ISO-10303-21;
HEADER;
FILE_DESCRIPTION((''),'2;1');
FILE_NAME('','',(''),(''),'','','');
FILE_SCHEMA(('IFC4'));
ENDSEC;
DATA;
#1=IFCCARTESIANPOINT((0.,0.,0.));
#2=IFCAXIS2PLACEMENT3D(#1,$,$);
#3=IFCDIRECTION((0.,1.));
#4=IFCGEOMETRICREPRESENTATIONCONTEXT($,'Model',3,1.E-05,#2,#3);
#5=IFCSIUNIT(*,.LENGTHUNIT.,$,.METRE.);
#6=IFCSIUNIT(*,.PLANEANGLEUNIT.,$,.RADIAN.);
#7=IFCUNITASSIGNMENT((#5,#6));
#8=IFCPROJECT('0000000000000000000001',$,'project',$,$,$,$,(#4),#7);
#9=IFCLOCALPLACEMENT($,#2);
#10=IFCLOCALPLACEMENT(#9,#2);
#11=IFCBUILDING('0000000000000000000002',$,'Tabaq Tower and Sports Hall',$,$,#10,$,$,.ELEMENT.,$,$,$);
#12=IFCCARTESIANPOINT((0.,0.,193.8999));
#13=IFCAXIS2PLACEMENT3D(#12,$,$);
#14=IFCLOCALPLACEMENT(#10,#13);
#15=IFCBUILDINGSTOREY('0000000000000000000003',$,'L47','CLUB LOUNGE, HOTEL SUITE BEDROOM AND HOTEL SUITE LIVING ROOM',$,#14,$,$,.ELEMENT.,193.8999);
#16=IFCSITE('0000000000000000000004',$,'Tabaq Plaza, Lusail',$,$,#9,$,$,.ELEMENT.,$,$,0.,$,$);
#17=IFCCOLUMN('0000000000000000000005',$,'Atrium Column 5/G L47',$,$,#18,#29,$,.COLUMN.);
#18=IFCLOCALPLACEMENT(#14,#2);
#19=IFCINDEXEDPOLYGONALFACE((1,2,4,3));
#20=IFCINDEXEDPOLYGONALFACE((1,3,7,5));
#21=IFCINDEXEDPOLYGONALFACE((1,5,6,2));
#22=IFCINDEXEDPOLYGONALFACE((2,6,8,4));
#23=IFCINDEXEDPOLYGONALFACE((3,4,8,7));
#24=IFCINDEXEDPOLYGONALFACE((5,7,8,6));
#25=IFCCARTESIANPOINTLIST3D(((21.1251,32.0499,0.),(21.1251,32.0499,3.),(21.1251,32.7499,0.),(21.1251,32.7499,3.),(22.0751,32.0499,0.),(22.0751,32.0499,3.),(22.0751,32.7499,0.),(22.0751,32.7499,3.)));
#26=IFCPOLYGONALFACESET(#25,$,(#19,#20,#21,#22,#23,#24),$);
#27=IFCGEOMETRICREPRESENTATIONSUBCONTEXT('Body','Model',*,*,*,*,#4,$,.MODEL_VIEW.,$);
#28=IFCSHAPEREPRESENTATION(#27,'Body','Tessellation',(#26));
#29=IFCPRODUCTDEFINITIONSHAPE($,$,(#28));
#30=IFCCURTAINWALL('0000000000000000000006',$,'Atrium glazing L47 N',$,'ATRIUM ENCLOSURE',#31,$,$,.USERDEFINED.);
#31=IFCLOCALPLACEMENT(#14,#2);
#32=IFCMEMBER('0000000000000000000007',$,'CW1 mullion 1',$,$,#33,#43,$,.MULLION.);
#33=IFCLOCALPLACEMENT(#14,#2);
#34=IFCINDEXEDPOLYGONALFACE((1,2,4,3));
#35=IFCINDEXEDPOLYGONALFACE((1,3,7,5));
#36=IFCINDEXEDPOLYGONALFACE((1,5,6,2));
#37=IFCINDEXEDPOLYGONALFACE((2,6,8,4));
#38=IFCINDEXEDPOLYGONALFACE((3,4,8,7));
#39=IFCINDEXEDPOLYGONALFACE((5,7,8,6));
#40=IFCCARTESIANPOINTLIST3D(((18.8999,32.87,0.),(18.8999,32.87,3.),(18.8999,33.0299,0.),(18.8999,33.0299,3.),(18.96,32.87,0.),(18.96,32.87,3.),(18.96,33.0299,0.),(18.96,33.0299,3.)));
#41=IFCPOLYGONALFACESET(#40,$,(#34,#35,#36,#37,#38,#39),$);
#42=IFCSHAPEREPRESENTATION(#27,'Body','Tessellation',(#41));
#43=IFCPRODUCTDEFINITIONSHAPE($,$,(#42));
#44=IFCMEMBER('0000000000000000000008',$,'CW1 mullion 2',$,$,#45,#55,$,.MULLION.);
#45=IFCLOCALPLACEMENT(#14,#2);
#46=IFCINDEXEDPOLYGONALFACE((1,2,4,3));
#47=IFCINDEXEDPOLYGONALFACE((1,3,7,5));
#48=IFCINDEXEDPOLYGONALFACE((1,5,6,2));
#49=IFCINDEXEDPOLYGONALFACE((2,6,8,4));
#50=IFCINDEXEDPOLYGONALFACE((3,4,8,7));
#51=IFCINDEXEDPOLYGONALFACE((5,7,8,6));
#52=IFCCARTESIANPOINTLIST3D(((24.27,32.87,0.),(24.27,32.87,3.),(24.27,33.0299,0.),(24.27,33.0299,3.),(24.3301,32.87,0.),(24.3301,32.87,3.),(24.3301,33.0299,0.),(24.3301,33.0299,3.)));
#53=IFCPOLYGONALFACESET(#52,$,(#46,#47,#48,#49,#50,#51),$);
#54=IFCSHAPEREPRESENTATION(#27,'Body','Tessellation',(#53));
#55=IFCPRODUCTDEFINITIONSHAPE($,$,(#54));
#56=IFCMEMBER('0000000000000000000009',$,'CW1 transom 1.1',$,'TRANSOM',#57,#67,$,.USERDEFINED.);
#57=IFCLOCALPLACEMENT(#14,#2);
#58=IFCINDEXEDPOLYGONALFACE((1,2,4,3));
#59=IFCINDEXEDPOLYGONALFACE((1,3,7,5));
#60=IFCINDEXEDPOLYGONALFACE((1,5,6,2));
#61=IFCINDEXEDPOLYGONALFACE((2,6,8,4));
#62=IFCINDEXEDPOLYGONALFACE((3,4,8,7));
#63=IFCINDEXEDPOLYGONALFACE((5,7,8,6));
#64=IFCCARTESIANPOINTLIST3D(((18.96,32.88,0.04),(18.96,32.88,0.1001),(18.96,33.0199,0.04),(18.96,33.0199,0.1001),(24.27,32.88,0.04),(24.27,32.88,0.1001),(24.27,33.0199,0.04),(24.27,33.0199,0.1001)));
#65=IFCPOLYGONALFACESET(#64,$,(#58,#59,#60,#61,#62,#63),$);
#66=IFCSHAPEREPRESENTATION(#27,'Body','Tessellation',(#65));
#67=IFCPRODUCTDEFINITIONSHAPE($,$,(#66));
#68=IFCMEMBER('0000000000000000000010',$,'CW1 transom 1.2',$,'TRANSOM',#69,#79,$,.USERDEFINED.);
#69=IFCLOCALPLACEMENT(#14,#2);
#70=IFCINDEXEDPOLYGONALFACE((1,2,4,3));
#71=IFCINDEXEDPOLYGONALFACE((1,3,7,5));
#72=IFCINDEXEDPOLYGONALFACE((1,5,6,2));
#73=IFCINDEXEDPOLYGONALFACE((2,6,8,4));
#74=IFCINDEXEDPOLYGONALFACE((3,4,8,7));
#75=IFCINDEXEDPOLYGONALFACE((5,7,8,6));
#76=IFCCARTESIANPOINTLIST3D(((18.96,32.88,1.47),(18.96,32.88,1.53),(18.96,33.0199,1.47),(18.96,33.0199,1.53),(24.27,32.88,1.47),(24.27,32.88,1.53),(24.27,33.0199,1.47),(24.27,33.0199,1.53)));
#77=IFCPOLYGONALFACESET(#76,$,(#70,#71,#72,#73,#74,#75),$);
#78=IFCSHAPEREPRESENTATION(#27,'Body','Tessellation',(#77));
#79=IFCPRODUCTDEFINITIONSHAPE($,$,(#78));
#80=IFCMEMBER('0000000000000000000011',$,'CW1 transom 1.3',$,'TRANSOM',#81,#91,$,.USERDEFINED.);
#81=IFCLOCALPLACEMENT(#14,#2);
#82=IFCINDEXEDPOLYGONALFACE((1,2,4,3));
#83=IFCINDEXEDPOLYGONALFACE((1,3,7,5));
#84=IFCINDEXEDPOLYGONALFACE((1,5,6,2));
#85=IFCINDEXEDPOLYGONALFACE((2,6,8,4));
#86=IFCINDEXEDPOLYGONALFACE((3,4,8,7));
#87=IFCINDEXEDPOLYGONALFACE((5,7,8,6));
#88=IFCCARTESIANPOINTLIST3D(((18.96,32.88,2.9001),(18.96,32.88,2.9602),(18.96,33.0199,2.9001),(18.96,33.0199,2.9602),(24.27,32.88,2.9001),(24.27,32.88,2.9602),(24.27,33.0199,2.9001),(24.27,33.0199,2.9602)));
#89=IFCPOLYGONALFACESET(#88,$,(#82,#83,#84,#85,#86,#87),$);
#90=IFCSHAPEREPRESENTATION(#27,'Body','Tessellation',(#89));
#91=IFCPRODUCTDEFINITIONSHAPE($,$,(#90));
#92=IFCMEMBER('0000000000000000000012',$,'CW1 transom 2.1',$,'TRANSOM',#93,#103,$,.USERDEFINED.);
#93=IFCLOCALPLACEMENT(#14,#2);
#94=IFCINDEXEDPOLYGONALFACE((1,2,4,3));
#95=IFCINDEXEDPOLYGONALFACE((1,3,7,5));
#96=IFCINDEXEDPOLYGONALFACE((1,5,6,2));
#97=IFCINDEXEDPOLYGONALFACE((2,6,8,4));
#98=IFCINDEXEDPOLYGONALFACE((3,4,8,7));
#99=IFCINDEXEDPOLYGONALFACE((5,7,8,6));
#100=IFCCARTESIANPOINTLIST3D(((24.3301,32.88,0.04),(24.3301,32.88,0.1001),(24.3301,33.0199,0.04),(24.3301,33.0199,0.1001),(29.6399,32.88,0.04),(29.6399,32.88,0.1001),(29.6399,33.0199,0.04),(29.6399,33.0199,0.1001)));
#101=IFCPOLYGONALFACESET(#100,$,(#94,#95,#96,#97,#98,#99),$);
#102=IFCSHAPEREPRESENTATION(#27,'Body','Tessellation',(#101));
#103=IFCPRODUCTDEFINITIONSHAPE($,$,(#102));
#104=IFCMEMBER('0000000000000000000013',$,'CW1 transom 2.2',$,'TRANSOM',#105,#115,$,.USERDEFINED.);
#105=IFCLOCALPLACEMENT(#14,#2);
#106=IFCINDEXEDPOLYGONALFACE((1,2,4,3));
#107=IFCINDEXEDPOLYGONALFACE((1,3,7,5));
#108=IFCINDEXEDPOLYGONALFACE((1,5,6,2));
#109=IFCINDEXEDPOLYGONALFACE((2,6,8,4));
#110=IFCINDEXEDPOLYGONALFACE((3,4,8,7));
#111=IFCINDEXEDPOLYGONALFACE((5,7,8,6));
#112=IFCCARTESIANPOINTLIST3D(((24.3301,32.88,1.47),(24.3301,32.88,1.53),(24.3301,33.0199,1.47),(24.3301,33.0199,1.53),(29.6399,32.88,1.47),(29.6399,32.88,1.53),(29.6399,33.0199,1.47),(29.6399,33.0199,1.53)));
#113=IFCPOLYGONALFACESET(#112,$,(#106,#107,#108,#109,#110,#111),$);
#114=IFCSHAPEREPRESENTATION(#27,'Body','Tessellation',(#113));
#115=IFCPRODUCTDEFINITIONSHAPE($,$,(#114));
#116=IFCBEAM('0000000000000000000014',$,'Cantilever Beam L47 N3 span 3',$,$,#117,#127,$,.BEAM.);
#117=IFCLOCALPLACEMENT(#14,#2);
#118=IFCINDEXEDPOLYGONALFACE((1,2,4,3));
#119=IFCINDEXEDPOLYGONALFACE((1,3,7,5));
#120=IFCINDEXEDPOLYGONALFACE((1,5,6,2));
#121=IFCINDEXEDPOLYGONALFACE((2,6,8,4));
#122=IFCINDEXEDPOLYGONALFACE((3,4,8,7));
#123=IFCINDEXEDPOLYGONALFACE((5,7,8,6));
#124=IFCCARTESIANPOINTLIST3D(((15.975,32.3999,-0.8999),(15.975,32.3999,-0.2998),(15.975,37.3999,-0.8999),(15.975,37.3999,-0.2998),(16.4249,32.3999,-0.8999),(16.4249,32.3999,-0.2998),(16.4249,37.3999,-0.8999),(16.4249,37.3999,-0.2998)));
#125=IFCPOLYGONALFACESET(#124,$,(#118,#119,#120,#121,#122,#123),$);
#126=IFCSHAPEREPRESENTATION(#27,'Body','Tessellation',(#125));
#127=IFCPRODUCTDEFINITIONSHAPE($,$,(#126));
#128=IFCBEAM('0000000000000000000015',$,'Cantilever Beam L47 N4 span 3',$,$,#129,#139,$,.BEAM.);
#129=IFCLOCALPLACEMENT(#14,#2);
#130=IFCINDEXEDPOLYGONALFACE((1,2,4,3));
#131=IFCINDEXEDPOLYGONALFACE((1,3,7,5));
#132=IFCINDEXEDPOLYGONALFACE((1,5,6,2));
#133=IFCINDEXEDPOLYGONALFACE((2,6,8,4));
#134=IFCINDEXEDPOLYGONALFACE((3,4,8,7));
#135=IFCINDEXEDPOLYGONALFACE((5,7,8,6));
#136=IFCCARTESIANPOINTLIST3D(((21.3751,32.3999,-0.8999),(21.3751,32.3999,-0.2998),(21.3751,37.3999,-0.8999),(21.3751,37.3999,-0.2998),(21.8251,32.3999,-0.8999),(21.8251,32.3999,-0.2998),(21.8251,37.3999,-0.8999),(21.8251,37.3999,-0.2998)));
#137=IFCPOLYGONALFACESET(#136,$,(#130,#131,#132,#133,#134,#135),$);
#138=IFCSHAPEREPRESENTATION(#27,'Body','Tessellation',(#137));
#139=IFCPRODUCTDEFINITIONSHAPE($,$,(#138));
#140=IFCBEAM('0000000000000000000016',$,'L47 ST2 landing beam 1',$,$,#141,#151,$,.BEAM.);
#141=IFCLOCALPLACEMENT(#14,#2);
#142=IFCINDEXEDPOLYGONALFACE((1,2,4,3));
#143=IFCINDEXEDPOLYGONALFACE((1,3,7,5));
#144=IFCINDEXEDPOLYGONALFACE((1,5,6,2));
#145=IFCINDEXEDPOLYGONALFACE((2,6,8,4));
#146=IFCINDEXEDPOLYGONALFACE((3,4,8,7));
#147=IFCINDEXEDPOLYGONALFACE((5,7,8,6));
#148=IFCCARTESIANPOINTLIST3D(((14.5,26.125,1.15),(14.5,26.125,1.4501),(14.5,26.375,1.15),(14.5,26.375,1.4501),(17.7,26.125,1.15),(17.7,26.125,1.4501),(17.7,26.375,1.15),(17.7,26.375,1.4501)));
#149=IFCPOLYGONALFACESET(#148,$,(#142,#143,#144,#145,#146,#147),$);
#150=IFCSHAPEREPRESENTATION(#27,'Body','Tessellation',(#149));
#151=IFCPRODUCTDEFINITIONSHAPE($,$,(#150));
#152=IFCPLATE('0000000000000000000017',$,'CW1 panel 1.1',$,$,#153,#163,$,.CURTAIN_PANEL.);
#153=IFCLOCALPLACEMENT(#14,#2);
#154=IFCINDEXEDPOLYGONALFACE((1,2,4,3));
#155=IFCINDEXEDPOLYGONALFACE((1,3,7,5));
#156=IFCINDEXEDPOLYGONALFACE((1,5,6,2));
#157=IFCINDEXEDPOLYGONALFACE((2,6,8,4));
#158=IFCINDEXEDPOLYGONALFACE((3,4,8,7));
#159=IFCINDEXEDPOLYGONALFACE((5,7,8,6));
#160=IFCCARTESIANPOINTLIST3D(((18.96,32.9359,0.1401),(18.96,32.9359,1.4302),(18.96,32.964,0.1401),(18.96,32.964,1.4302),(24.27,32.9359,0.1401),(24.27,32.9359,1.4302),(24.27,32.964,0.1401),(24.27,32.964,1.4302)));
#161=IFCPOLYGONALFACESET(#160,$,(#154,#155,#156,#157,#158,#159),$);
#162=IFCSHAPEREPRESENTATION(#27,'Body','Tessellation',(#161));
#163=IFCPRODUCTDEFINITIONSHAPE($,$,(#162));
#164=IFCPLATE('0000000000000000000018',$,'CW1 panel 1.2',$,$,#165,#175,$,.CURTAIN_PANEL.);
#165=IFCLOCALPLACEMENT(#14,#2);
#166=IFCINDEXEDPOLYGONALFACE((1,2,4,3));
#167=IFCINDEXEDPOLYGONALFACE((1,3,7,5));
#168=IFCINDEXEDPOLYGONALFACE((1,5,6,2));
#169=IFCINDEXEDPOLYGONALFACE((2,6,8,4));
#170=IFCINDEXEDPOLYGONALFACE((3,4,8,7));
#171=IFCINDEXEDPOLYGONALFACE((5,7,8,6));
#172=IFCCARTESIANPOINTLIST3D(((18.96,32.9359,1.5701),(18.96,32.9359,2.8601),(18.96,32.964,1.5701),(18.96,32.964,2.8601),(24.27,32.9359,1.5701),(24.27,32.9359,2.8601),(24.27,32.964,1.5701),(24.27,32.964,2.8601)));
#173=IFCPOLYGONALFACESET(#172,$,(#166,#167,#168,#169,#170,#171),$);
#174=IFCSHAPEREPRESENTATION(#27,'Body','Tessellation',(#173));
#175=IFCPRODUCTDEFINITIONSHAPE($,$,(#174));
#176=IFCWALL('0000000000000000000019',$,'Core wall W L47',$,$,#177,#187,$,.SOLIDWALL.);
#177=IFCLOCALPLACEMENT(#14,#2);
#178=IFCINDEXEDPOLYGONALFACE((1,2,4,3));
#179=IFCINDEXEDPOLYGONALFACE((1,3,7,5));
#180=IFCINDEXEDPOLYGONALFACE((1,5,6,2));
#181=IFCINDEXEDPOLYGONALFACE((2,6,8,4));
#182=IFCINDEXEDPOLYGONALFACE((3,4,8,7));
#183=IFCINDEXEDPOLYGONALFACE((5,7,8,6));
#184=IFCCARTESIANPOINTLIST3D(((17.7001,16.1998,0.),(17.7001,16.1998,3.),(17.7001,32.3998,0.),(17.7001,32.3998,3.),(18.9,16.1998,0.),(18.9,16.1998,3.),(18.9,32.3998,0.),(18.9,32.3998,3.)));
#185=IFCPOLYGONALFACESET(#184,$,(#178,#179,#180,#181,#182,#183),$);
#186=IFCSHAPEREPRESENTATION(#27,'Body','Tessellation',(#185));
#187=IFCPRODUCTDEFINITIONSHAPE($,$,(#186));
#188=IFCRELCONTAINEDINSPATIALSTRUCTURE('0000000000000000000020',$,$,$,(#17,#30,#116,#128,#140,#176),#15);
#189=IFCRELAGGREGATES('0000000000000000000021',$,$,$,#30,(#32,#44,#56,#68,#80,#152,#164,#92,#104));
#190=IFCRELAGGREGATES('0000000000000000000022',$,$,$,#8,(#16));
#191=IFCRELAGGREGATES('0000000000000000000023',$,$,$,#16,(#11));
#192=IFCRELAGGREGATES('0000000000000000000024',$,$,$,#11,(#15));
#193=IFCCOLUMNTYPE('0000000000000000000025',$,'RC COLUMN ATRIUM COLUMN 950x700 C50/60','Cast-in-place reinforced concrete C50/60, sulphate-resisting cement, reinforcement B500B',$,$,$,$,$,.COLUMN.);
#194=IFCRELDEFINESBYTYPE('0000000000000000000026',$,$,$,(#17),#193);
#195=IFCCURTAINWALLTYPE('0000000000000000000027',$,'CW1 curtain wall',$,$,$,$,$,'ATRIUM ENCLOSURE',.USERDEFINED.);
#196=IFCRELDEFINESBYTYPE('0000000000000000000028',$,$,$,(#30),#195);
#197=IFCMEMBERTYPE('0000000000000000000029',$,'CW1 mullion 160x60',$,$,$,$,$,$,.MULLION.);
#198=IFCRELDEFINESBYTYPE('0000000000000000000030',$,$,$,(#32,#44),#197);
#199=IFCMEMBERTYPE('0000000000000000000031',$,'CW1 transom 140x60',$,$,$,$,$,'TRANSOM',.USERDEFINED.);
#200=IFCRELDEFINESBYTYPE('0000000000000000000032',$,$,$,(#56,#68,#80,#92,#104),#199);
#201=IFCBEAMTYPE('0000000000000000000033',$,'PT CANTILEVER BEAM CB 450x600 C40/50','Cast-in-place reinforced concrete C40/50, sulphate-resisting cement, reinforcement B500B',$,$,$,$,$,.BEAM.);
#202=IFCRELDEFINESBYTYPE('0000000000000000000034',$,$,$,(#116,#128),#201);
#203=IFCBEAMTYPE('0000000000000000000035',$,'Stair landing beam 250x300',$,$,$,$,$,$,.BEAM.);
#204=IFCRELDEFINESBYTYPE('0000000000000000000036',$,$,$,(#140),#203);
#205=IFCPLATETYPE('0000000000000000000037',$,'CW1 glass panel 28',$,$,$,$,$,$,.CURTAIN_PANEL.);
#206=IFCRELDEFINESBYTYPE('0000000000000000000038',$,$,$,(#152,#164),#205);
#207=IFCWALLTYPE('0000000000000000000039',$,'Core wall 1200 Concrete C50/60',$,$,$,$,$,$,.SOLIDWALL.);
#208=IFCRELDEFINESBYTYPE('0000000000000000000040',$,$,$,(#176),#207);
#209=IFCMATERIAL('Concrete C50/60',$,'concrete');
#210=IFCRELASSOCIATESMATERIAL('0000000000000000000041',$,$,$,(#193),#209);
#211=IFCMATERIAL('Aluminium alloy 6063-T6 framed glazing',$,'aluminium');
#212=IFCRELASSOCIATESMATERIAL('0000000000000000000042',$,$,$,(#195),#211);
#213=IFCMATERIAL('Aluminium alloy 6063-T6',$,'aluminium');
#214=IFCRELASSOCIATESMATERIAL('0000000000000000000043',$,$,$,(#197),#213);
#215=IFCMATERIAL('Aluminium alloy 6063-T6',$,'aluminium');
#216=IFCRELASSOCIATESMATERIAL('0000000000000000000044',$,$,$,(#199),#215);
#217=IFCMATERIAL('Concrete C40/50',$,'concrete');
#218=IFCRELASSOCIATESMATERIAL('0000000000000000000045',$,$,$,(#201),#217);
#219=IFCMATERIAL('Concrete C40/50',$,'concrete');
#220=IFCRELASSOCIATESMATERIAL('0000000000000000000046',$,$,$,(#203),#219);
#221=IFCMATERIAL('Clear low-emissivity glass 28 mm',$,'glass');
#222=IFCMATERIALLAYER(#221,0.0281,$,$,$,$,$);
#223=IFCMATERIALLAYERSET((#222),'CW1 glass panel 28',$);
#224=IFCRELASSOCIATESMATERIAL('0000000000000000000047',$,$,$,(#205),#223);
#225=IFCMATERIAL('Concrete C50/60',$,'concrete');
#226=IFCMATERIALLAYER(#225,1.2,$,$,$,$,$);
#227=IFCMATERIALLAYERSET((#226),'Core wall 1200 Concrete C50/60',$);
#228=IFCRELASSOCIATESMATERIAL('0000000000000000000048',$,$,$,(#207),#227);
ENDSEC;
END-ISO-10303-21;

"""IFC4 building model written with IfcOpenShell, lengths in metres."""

from ifc_helpers import new_model, si_unit, direction, frame, frame_2d, origin, origin_2d, place, context, subcontext, project, spatial, rectangle, extrude, material, layer, layer_set, material_profile, profile_set, type_object, element, aggregate, save


model = new_model("IFC4")

# Units and contexts
model_context = context("Model", 3, precision=1e-05, world=origin(), true_north=direction((0.0, 1.0)))
body_context = subcontext(model_context, "Body", "Model", "MODEL_VIEW")
ifc_project = project(units=[si_unit("LENGTHUNIT", "METRE"), si_unit("PLANEANGLEUNIT", "RADIAN")], contexts=[model_context])

# Site, building, storey
site_placement = place(None, origin())
site = spatial("IfcSite", under=ifc_project, at=site_placement, Name="Tabaq Plaza, Lusail", CompositionType="ELEMENT", RefElevation=0.0)
building_placement = place(site_placement, origin())
building = spatial("IfcBuilding", under=site, at=building_placement, Name="Tabaq Tower and Sports Hall", CompositionType="ELEMENT")
storey_placement = place(building_placement, frame((0.0, 0.0, 193.8999)))
storey = spatial("IfcBuildingStorey", under=building, at=storey_placement, Name="L47", Description="CLUB LOUNGE, HOTEL SUITE BEDROOM AND HOTEL SUITE LIVING ROOM", CompositionType="ELEMENT", Elevation=193.8999)

# Column
ifc_material_1 = material(Name="Concrete C50/60", Category="concrete")
ifc_material_profile_1 = material_profile(ifc_material_1, rectangle(XDim=0.95, YDim=0.7, at=origin_2d()), Name="ATRIUM COLUMN 950x700")
ifc_profile_set_1 = profile_set([ifc_material_profile_1], Name="Concrete C50/60")
column_type = type_object("IfcColumnType", Name="RC COLUMN ATRIUM COLUMN 950x700 C50/60", Description="Cast-in-place reinforced concrete C50/60, sulphate-resisting cement, reinforcement B500B", PredefinedType="COLUMN", material=ifc_profile_set_1)
column_placement = place(storey_placement, frame((21.6001, 32.3999, 0.0), z_axis=(0.0, 0.0, 1.0), x_axis=(1.0, 0.0, 0.0)))
element("IfcColumn", 1, at=column_placement, inside=storey, type_object=column_type, Name="Atrium Column 5/G L47", PredefinedType="COLUMN", context=body_context, shape_type="SweptSolid", body=[
    extrude(rectangle(XDim=0.95, YDim=0.7, at=origin_2d()), origin(), (0.0, 0.0, 1.0), 3.0),
])

# Curtain wall, members
ifc_material_2 = material(Name="Aluminium alloy 6063-T6 framed glazing", Category="aluminium")
curtain_wall_type = type_object("IfcCurtainWallType", Name="CW1 curtain wall", ElementType="ATRIUM ENCLOSURE", PredefinedType="USERDEFINED", material=ifc_material_2)
curtain_wall_placement = place(storey_placement, origin())
curtain_wall = element("IfcCurtainWall", 2, at=curtain_wall_placement, inside=storey, type_object=curtain_wall_type, Name="Atrium glazing L47 N", ObjectType="ATRIUM ENCLOSURE", PredefinedType="USERDEFINED")
ifc_material_3 = material(Name="Aluminium alloy 6063-T6", Category="aluminium")
ifc_material_profile_2 = material_profile(ifc_material_3, rectangle(XDim=0.1599, YDim=0.0601, at=origin_2d()), Name="MULLION 160x60")
ifc_profile_set_2 = profile_set([ifc_material_profile_2], Name="Aluminium alloy 6063-T6")
member_type_1 = type_object("IfcMemberType", Name="CW1 mullion 160x60", PredefinedType="MULLION", material=ifc_profile_set_2)
member_1_placement = place(storey_placement, frame((18.9299, 32.95, 0.0), z_axis=(0.0, 0.0, 1.0), x_axis=(0.0, 1.0, 0.0)))
member_1 = element("IfcMember", 3, at=member_1_placement, type_object=member_type_1, Name="CW1 mullion 1", PredefinedType="MULLION", context=body_context, shape_type="SweptSolid", body=[
    extrude(rectangle(XDim=0.1599, YDim=0.0601, at=origin_2d()), origin(), (0.0, 0.0, 1.0), 3.0),
])
member_2_placement = place(storey_placement, frame((24.3, 32.95, 0.0), z_axis=(0.0, 0.0, 1.0), x_axis=(0.0, 1.0, 0.0)))
member_2 = element("IfcMember", 4, at=member_2_placement, type_object=member_type_1, Name="CW1 mullion 2", PredefinedType="MULLION", context=body_context, shape_type="SweptSolid", body=[
    extrude(rectangle(XDim=0.1599, YDim=0.0601, at=origin_2d()), origin(), (0.0, 0.0, 1.0), 3.0),
])
ifc_material_4 = material(Name="Aluminium alloy 6063-T6", Category="aluminium")
ifc_material_profile_3 = material_profile(ifc_material_4, rectangle(XDim=0.1399, YDim=0.0601, at=origin_2d()), Name="TRANSOM 140x60")
ifc_profile_set_3 = profile_set([ifc_material_profile_3], Name="Aluminium alloy 6063-T6")
member_type_2 = type_object("IfcMemberType", Name="CW1 transom 140x60", ElementType="TRANSOM", PredefinedType="USERDEFINED", material=ifc_profile_set_3)
member_3_placement = place(storey_placement, frame((18.96, 32.95, 0.0701), z_axis=(1.0, 0.0, 0.0), x_axis=(0.0, 1.0, 0.0)))
member_3 = element("IfcMember", 5, at=member_3_placement, type_object=member_type_2, Name="CW1 transom 1.1", ObjectType="TRANSOM", PredefinedType="USERDEFINED", context=body_context, shape_type="SweptSolid", body=[
    extrude(rectangle(XDim=0.1399, YDim=0.0601, at=origin_2d()), origin(), (0.0, 0.0, 1.0), 5.3101),
])
member_4_placement = place(storey_placement, frame((18.96, 32.95, 1.5), z_axis=(1.0, 0.0, 0.0), x_axis=(0.0, 1.0, 0.0)))
member_4 = element("IfcMember", 6, at=member_4_placement, type_object=member_type_2, Name="CW1 transom 1.2", ObjectType="TRANSOM", PredefinedType="USERDEFINED", context=body_context, shape_type="SweptSolid", body=[
    extrude(rectangle(XDim=0.1399, YDim=0.0601, at=origin_2d()), origin(), (0.0, 0.0, 1.0), 5.3101),
])
member_5_placement = place(storey_placement, frame((18.96, 32.95, 2.9302), z_axis=(1.0, 0.0, 0.0), x_axis=(0.0, 1.0, 0.0)))
member_5 = element("IfcMember", 7, at=member_5_placement, type_object=member_type_2, Name="CW1 transom 1.3", ObjectType="TRANSOM", PredefinedType="USERDEFINED", context=body_context, shape_type="SweptSolid", body=[
    extrude(rectangle(XDim=0.1399, YDim=0.0601, at=origin_2d()), origin(), (0.0, 0.0, 1.0), 5.3101),
])
member_6_placement = place(storey_placement, frame((24.3301, 32.95, 0.0701), z_axis=(1.0, 0.0, 0.0), x_axis=(0.0, 1.0, 0.0)))
member_6 = element("IfcMember", 8, at=member_6_placement, type_object=member_type_2, Name="CW1 transom 2.1", ObjectType="TRANSOM", PredefinedType="USERDEFINED", context=body_context, shape_type="SweptSolid", body=[
    extrude(rectangle(XDim=0.1399, YDim=0.0601, at=origin_2d()), origin(), (0.0, 0.0, 1.0), 5.3098),
])
member_7_placement = place(storey_placement, frame((24.3301, 32.95, 1.5), z_axis=(1.0, 0.0, 0.0), x_axis=(0.0, 1.0, 0.0)))
member_7 = element("IfcMember", 9, at=member_7_placement, type_object=member_type_2, Name="CW1 transom 2.2", ObjectType="TRANSOM", PredefinedType="USERDEFINED", context=body_context, shape_type="SweptSolid", body=[
    extrude(rectangle(XDim=0.1399, YDim=0.0601, at=origin_2d()), origin(), (0.0, 0.0, 1.0), 5.3098),
])

# Beams
ifc_material_5 = material(Name="Concrete C40/50", Category="concrete")
ifc_material_profile_4 = material_profile(ifc_material_5, rectangle(XDim=0.45, YDim=0.6001, at=origin_2d()), Name="CB 450x600")
ifc_profile_set_4 = profile_set([ifc_material_profile_4], Name="Concrete C40/50")
beam_type_1 = type_object("IfcBeamType", Name="PT CANTILEVER BEAM CB 450x600 C40/50", Description="Cast-in-place reinforced concrete C40/50, sulphate-resisting cement, reinforcement B500B", PredefinedType="BEAM", material=ifc_profile_set_4)
for number, where, z_axis, x_axis, name in (
    (10, (16.2, 37.3999, -0.5999), (0.0, -1.0, 0.0), (1.0, 0.0, 0.0), "Cantilever Beam L47 N3 span 3"),
    (11, (21.6001, 37.3999, -0.5999), (0.0, -1.0, 0.0), (1.0, 0.0, 0.0), "Cantilever Beam L47 N4 span 3"),
):
    element("IfcBeam", number, at=place(storey_placement, frame(where, z_axis=z_axis, x_axis=x_axis)), inside=storey, type_object=beam_type_1, Name=name, PredefinedType="BEAM", context=body_context, shape_type="SweptSolid", body=[
        extrude(rectangle(XDim=0.45, YDim=0.6001, at=origin_2d()), origin(), (0.0, 0.0, 1.0), 5.0),
    ])
ifc_material_6 = material(Name="Concrete C40/50", Category="concrete")
ifc_material_profile_5 = material_profile(ifc_material_6, rectangle(XDim=0.25, YDim=0.3, at=origin_2d()), Name="RC 250x300")
ifc_profile_set_5 = profile_set([ifc_material_profile_5], Name="Concrete C40/50")
beam_type_2 = type_object("IfcBeamType", Name="Stair landing beam 250x300", PredefinedType="BEAM", material=ifc_profile_set_5)
beam_placement = place(storey_placement, frame((14.5, 26.25, 1.3), z_axis=(1.0, 0.0, 0.0), x_axis=(0.0, 1.0, 0.0)))
element("IfcBeam", 12, at=beam_placement, inside=storey, type_object=beam_type_2, Name="L47 ST2 landing beam 1", PredefinedType="BEAM", context=body_context, shape_type="SweptSolid", body=[
    extrude(rectangle(XDim=0.25, YDim=0.3, at=origin_2d()), origin(), (0.0, 0.0, 1.0), 3.2),
])

# Plates
ifc_material_7 = material(Name="Clear low-emissivity glass 28 mm", Category="glass")
ifc_layer_1 = layer(ifc_material_7, 0.0281)
ifc_layer_set_1 = layer_set([ifc_layer_1], Name="CW1 glass panel 28")
plate_type = type_object("IfcPlateType", Name="CW1 glass panel 28", PredefinedType="CURTAIN_PANEL", material=ifc_layer_set_1)
plate_1_placement = place(storey_placement, frame((21.615, 32.95, 0.1401), z_axis=(0.0, 0.0, 1.0), x_axis=(1.0, 0.0, 0.0)))
plate_1 = element("IfcPlate", 13, at=plate_1_placement, type_object=plate_type, Name="CW1 panel 1.1", PredefinedType="CURTAIN_PANEL", context=body_context, shape_type="SweptSolid", body=[
    extrude(rectangle(XDim=5.3101, YDim=0.0281, at=origin_2d()), origin(), (0.0, 0.0, 1.0), 1.29),
])
plate_2_placement = place(storey_placement, frame((21.615, 32.95, 1.5701), z_axis=(0.0, 0.0, 1.0), x_axis=(1.0, 0.0, 0.0)))
plate_2 = element("IfcPlate", 14, at=plate_2_placement, type_object=plate_type, Name="CW1 panel 1.2", PredefinedType="CURTAIN_PANEL", context=body_context, shape_type="SweptSolid", body=[
    extrude(rectangle(XDim=5.3101, YDim=0.0281, at=origin_2d()), origin(), (0.0, 0.0, 1.0), 1.29),
])
aggregate(curtain_wall, [member_1, member_2, member_3, member_4, member_5, plate_1, plate_2, member_6, member_7])

# Wall
ifc_material_8 = material(Name="Concrete C50/60", Category="concrete")
ifc_layer_2 = layer(ifc_material_8, 1.2)
ifc_layer_set_2 = layer_set([ifc_layer_2], Name="Core wall 1200 Concrete C50/60")
wall_type_1 = type_object("IfcWallType", Name="Core wall 1200 Concrete C50/60", PredefinedType="SOLIDWALL", material=ifc_layer_set_2)
wall_1_placement = place(storey_placement, frame((18.3, 32.3999, 0.0), z_axis=(0.0, 0.0, 1.0), x_axis=(0.0, -1.0, 0.0)))
element("IfcWall", 15, at=wall_1_placement, inside=storey, type_object=wall_type_1, Name="Core wall W L47", PredefinedType="SOLIDWALL", context=body_context, shape_type="SweptSolid", body=[
    extrude(rectangle(XDim=16.2, YDim=1.2, at=frame_2d((8.1001, 0.0))), origin(), (0.0, 0.0, 1.0), 3.0),
])

save(model, "model.ifc")
